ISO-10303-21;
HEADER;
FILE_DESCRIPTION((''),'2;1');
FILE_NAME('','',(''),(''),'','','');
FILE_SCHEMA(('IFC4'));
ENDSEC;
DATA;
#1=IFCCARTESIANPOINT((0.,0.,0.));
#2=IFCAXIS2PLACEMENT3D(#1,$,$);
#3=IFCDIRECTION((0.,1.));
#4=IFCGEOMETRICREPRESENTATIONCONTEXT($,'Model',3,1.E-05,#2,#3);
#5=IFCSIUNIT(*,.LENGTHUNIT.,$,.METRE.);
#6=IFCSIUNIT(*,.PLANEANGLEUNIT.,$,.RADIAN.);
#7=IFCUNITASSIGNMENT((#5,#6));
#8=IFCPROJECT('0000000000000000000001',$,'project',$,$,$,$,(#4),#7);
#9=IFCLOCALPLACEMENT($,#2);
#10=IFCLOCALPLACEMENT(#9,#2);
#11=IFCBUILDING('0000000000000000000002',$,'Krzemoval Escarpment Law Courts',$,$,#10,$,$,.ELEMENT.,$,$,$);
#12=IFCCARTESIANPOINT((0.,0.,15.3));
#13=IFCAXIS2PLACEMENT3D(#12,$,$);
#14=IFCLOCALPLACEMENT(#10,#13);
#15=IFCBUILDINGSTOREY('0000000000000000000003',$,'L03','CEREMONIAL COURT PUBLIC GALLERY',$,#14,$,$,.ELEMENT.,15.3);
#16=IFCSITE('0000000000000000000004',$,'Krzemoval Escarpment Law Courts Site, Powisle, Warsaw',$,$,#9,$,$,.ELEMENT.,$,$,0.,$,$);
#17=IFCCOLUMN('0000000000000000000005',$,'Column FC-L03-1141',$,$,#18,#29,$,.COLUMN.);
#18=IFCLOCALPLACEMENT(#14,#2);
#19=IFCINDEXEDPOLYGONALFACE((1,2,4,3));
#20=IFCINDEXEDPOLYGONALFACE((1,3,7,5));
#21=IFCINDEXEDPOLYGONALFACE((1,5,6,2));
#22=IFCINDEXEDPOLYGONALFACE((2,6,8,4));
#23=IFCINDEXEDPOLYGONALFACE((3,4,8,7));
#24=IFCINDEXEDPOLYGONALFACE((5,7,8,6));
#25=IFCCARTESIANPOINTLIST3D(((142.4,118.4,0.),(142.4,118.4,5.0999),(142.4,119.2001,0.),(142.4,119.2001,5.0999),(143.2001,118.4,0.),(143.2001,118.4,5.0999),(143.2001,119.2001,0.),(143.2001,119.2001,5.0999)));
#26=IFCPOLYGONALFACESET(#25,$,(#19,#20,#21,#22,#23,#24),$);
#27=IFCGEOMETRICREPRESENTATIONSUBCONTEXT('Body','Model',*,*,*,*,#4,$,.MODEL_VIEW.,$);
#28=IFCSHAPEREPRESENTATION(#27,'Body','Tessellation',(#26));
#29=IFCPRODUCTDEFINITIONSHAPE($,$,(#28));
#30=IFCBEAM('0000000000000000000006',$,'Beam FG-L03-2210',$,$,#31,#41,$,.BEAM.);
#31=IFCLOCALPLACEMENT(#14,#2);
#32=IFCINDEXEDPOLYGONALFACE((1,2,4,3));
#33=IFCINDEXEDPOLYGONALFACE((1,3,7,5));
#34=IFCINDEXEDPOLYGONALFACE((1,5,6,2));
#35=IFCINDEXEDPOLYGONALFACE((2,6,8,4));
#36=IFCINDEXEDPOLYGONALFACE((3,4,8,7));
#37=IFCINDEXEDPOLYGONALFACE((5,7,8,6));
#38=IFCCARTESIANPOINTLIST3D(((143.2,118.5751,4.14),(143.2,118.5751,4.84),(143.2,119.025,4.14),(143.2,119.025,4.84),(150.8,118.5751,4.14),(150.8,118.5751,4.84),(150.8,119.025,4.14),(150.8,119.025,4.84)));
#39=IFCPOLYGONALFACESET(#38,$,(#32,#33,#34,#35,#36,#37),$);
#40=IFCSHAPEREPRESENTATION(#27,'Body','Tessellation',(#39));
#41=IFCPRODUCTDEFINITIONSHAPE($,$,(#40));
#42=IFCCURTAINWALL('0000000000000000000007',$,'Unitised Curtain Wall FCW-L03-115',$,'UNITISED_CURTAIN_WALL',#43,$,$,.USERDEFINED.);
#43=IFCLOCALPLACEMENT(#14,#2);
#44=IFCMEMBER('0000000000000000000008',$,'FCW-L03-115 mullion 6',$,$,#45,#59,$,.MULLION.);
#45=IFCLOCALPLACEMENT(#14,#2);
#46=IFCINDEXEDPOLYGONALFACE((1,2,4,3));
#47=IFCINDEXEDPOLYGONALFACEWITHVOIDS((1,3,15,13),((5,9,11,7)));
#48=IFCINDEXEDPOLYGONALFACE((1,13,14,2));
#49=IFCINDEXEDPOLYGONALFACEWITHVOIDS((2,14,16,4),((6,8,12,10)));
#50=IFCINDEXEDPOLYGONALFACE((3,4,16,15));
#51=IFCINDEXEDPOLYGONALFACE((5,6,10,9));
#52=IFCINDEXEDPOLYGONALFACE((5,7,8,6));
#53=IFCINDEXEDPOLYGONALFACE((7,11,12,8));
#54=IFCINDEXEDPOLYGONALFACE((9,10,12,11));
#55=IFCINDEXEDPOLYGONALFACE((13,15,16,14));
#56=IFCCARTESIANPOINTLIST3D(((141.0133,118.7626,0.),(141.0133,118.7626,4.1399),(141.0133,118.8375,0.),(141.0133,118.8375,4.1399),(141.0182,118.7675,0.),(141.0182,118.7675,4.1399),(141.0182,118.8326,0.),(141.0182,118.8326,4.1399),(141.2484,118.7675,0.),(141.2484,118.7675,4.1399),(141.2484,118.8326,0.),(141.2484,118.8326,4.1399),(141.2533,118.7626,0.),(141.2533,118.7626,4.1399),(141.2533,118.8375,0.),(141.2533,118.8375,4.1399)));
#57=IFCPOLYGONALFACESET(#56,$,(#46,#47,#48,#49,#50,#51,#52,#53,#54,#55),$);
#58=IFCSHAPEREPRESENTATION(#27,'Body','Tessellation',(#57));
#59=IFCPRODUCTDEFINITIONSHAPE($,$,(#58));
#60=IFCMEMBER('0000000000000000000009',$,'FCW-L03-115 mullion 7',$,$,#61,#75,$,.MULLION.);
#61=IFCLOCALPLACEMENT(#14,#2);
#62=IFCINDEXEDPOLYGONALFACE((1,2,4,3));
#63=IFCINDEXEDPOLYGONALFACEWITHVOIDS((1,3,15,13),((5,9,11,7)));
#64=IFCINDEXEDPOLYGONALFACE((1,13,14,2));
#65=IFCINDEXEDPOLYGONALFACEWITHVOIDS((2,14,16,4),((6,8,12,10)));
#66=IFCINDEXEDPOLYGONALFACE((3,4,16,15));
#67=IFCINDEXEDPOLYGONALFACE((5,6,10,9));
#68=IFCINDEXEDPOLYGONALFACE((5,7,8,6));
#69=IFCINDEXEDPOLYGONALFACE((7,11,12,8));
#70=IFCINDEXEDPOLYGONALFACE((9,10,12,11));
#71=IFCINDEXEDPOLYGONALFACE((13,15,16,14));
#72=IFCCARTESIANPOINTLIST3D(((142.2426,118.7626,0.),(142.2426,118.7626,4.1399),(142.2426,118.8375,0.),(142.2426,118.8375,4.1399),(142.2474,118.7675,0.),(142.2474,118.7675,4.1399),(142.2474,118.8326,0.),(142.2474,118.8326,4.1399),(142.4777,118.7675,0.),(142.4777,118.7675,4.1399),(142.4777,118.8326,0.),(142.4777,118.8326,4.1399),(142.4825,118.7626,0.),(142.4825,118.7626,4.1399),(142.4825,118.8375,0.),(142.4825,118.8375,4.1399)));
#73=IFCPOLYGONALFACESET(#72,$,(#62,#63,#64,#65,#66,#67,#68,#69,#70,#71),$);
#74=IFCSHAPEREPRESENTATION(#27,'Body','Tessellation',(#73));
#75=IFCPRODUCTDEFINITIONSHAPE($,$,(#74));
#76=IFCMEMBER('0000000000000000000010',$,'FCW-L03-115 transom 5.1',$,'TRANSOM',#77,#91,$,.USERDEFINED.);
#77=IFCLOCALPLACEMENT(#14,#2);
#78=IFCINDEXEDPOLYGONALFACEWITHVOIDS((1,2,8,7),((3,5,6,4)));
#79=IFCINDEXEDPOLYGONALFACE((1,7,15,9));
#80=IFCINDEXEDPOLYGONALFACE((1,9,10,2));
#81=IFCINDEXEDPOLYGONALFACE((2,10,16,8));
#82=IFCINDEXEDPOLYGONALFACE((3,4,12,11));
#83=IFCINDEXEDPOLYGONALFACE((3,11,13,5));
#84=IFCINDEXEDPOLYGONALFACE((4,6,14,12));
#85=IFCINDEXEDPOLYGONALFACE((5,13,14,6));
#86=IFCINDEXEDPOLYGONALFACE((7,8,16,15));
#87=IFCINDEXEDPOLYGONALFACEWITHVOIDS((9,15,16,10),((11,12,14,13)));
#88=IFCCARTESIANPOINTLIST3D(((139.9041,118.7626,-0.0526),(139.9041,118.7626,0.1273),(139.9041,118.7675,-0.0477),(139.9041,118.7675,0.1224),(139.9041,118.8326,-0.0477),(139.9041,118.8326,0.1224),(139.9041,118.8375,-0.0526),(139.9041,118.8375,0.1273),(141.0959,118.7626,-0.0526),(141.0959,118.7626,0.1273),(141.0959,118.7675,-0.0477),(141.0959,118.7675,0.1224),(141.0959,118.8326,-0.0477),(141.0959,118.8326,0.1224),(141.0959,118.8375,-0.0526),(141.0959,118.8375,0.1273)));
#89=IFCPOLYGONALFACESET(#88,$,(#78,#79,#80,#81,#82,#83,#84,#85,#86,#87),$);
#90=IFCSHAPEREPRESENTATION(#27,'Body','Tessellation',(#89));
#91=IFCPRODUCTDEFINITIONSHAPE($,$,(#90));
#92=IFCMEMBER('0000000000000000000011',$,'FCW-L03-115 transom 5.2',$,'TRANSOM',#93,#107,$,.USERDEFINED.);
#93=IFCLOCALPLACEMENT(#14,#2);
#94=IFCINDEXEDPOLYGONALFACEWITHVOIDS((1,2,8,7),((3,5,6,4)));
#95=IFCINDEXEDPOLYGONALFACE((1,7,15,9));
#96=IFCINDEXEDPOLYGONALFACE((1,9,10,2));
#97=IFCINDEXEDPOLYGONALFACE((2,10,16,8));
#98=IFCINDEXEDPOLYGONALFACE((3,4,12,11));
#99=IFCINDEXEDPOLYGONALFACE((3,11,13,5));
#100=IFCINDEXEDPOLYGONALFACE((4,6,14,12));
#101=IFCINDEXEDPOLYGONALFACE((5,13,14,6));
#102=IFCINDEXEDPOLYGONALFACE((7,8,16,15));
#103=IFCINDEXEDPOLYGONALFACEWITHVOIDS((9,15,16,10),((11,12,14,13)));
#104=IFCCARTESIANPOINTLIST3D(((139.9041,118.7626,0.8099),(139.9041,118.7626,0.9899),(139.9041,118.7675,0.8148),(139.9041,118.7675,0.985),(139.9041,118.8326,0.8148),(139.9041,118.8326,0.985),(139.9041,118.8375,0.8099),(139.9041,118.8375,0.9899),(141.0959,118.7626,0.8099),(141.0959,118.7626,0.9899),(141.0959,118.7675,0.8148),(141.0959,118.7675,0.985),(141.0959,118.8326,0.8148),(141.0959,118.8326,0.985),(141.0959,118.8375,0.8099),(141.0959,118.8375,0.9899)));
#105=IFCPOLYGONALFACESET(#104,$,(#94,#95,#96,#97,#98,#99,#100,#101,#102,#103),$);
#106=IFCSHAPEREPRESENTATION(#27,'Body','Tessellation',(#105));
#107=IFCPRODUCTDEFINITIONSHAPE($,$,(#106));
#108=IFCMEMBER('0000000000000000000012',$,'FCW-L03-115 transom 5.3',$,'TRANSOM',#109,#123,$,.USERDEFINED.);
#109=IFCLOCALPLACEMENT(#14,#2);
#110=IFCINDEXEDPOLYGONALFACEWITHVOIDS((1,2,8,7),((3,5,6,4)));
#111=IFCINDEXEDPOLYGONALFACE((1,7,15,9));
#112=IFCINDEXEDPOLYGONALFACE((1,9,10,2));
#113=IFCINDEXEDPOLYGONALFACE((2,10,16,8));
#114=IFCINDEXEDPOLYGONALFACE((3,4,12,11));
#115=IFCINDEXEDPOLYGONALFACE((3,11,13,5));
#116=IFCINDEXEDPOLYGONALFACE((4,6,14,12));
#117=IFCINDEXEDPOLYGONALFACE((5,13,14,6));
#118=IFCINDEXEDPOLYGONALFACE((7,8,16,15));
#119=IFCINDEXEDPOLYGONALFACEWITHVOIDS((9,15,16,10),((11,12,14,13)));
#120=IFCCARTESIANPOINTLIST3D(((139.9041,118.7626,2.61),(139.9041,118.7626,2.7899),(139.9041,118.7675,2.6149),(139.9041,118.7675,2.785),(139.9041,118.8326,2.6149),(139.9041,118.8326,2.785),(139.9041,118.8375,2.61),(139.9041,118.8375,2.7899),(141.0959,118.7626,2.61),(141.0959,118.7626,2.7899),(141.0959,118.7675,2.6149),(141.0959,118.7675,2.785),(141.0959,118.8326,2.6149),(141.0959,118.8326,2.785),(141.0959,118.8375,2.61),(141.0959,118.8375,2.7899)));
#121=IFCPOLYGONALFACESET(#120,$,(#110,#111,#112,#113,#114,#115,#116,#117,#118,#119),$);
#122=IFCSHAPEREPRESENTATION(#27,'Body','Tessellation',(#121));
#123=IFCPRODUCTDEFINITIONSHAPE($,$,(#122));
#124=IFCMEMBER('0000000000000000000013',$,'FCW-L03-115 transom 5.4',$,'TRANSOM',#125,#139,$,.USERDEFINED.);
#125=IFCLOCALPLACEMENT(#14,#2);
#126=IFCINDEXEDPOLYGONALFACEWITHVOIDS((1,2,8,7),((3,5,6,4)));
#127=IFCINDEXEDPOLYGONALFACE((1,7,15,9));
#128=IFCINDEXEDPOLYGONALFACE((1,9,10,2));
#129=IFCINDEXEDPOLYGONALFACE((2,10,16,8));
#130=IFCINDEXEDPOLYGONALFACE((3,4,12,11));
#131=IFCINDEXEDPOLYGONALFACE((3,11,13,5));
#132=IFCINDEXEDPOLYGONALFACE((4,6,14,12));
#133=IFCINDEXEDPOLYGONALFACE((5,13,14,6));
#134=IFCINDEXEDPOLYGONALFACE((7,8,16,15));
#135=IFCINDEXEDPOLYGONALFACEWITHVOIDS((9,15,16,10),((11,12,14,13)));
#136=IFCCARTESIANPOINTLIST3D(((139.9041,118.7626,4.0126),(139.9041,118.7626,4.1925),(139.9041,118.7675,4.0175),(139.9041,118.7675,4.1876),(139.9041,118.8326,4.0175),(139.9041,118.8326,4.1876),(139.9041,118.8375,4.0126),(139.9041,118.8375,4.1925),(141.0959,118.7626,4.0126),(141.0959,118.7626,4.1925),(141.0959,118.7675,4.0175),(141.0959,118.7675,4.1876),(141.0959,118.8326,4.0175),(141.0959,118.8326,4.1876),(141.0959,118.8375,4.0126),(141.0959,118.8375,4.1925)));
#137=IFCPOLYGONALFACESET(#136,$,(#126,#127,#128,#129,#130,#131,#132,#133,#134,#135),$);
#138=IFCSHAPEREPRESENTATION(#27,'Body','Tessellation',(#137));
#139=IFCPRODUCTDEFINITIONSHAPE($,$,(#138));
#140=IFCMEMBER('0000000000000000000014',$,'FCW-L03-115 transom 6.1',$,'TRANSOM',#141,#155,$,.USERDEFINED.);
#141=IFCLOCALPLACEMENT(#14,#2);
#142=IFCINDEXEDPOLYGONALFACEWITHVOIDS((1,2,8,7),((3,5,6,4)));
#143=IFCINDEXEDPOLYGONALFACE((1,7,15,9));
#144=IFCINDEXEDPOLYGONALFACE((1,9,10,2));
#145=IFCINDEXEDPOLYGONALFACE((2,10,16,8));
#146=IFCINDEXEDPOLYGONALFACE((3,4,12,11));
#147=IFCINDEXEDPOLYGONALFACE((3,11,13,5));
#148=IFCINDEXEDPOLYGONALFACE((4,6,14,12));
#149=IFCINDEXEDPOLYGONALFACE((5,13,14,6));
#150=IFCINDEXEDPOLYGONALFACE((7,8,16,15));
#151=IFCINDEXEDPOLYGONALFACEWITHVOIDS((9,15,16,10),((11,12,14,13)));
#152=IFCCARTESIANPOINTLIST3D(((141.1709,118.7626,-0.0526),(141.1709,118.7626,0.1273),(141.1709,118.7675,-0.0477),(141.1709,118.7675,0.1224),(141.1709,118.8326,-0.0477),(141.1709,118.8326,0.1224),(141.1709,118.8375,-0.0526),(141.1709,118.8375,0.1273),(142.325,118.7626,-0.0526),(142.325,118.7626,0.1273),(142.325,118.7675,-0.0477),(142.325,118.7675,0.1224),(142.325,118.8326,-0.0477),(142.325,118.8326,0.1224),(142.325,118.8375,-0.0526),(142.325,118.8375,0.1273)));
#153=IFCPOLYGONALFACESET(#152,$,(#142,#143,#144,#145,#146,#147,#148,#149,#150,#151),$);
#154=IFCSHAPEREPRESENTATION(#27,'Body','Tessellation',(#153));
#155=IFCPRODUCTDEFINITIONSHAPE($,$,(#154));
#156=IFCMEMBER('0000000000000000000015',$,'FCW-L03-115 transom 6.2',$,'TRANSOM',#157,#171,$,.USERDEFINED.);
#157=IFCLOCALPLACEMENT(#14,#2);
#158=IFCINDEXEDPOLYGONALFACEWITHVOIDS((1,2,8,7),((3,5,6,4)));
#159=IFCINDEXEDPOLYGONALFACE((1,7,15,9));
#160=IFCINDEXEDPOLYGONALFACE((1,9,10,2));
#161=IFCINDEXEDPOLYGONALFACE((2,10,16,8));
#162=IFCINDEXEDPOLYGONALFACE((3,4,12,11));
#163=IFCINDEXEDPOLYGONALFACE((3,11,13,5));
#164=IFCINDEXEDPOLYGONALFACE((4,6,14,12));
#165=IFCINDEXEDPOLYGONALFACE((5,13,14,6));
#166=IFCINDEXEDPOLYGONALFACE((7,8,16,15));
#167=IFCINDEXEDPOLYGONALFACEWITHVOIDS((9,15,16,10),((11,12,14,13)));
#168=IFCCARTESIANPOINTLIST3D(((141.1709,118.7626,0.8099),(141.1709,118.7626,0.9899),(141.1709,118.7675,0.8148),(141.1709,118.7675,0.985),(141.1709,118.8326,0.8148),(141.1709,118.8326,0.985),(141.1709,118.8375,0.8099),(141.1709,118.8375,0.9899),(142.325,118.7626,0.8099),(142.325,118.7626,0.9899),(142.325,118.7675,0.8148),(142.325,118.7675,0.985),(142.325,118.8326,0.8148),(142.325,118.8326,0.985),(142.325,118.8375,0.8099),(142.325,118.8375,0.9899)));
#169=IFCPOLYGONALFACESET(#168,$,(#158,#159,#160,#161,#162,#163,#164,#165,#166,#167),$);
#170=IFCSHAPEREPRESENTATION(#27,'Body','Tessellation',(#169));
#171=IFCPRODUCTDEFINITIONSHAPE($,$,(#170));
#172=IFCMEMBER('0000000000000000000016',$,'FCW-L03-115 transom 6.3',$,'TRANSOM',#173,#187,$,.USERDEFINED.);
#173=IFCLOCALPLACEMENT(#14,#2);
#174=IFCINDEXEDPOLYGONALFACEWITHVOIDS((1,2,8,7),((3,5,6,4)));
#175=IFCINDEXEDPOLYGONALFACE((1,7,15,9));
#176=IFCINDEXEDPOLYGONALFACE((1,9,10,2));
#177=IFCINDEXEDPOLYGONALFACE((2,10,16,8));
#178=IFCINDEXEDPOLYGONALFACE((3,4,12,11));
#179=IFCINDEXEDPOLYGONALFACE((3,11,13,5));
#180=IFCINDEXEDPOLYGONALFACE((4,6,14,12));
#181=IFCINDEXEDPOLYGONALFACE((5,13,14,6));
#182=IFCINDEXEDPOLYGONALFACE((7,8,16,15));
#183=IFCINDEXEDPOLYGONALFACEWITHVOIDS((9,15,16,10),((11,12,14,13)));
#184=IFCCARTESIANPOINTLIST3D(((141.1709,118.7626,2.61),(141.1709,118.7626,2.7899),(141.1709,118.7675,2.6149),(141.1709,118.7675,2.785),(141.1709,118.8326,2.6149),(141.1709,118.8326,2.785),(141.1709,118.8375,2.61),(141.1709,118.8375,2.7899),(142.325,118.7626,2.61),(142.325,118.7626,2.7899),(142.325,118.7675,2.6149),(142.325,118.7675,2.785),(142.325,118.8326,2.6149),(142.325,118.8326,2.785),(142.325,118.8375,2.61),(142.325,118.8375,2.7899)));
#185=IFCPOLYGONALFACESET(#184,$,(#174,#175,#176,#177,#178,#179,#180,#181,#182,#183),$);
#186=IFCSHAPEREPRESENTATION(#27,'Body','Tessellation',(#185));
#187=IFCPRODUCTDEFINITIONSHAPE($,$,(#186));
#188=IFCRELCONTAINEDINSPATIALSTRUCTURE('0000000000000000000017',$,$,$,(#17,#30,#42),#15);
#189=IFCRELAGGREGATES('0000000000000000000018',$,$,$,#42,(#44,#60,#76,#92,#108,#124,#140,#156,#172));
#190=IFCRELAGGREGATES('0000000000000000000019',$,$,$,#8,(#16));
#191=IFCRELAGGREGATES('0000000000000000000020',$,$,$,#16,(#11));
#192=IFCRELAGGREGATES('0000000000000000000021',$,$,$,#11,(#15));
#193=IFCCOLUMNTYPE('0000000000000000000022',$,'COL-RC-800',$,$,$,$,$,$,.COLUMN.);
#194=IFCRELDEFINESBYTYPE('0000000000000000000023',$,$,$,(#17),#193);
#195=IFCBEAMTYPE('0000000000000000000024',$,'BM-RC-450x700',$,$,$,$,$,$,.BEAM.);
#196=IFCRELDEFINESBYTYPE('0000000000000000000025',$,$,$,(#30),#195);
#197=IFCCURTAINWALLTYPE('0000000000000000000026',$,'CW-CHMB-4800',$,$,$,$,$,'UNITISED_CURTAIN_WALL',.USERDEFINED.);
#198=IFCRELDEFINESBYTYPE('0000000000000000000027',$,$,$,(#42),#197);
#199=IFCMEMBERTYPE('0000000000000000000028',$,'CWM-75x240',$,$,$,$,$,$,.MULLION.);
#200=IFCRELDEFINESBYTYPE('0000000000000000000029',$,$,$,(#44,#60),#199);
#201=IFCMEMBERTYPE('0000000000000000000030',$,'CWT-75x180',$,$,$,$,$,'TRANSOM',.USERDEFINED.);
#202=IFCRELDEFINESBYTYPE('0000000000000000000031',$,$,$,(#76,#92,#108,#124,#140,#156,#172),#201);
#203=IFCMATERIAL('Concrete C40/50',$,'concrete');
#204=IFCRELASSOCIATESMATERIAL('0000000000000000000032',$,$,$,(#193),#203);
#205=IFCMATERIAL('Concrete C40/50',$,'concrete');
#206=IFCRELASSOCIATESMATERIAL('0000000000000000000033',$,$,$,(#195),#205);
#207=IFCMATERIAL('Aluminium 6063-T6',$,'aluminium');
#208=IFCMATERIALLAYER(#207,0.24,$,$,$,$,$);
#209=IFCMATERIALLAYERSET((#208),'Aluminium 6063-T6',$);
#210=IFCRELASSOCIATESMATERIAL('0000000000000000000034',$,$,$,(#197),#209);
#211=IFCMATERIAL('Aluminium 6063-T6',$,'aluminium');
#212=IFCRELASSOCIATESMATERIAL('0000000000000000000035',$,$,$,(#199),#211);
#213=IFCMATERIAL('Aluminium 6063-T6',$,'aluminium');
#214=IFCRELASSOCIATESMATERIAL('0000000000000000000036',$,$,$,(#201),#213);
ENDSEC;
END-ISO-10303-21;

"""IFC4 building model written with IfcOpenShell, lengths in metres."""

from ifc_helpers import new_model, si_unit, direction, frame, origin, origin_2d, place, context, subcontext, project, spatial, rectangle, hollow_rectangle, extrude, material, layer, layer_set, material_profile, profile_set, type_object, element, aggregate, save


model = new_model("IFC4")

# Units and contexts
model_context = context("Model", 3, precision=1e-05, world=origin(), true_north=direction((0.0, 1.0)))
body_context = subcontext(model_context, "Body", "Model", "MODEL_VIEW")
ifc_project = project(units=[si_unit("LENGTHUNIT", "METRE"), si_unit("PLANEANGLEUNIT", "RADIAN")], contexts=[model_context])

# Site, building, storey
site_placement = place(None, origin())
site = spatial("IfcSite", under=ifc_project, at=site_placement, Name="Krzemoval Escarpment Law Courts Site, Powisle, Warsaw", CompositionType="ELEMENT", RefElevation=0.0)
building_placement = place(site_placement, origin())
building = spatial("IfcBuilding", under=site, at=building_placement, Name="Krzemoval Escarpment Law Courts", CompositionType="ELEMENT")
storey_placement = place(building_placement, frame((0.0, 0.0, 15.3)))
storey = spatial("IfcBuildingStorey", under=building, at=storey_placement, Name="L03", Description="CEREMONIAL COURT PUBLIC GALLERY", CompositionType="ELEMENT", Elevation=15.3)

# Column
ifc_material_1 = material(Name="Concrete C40/50", Category="concrete")
ifc_material_profile_1 = material_profile(ifc_material_1, rectangle(XDim=0.8, YDim=0.8, at=origin_2d()), Name="RC 800x800")
ifc_profile_set_1 = profile_set([ifc_material_profile_1], Name="Concrete C40/50")
column_type = type_object("IfcColumnType", Name="COL-RC-800", PredefinedType="COLUMN", material=ifc_profile_set_1)
column_placement = place(storey_placement, frame((142.8, 118.8, 0.0), z_axis=(0.0, 0.0, 1.0), x_axis=(1.0, 0.0, 0.0)))
element("IfcColumn", 1, at=column_placement, inside=storey, type_object=column_type, Name="Column FC-L03-1141", PredefinedType="COLUMN", context=body_context, shape_type="SweptSolid", body=[
    extrude(rectangle(XDim=0.8, YDim=0.8, at=origin_2d()), origin(), (0.0, 0.0, 1.0), 5.0999),
])

# Beam
ifc_material_2 = material(Name="Concrete C40/50", Category="concrete")
ifc_material_profile_2 = material_profile(ifc_material_2, rectangle(XDim=0.45, YDim=0.7, at=origin_2d()), Name="RCB 450x700")
ifc_profile_set_2 = profile_set([ifc_material_profile_2], Name="Concrete C40/50")
beam_type = type_object("IfcBeamType", Name="BM-RC-450x700", PredefinedType="BEAM", material=ifc_profile_set_2)
beam_placement = place(storey_placement, frame((143.2, 118.8, 4.49), z_axis=(1.0, 0.0, 0.0), x_axis=(0.0, 1.0, 0.0)))
element("IfcBeam", 2, at=beam_placement, inside=storey, type_object=beam_type, Name="Beam FG-L03-2210", PredefinedType="BEAM", context=body_context, shape_type="SweptSolid", body=[
    extrude(rectangle(XDim=0.45, YDim=0.7, at=origin_2d()), origin(), (0.0, 0.0, 1.0), 7.6001),
])

# Curtain wall, members
ifc_material_3 = material(Name="Aluminium 6063-T6", Category="aluminium")
ifc_layer_1 = layer(ifc_material_3, 0.24)
ifc_layer_set_1 = layer_set([ifc_layer_1], Name="Aluminium 6063-T6")
curtain_wall_type = type_object("IfcCurtainWallType", Name="CW-CHMB-4800", ElementType="UNITISED_CURTAIN_WALL", PredefinedType="USERDEFINED", material=ifc_layer_set_1)
curtain_wall_placement = place(storey_placement, origin())
curtain_wall = element("IfcCurtainWall", 3, at=curtain_wall_placement, inside=storey, type_object=curtain_wall_type, Name="Unitised Curtain Wall FCW-L03-115", ObjectType="UNITISED_CURTAIN_WALL", PredefinedType="USERDEFINED")
ifc_material_4 = material(Name="Aluminium 6063-T6", Category="aluminium")
ifc_material_profile_3 = material_profile(ifc_material_4, hollow_rectangle(XDim=0.075, YDim=0.24, WallThickness=0.0049, at=origin_2d()), Name="ALU M75x240")
ifc_profile_set_3 = profile_set([ifc_material_profile_3], Name="Aluminium 6063-T6")
member_type_1 = type_object("IfcMemberType", Name="CWM-75x240", PredefinedType="MULLION", material=ifc_profile_set_3)
member_1_placement = place(storey_placement, frame((141.1333, 118.8, 0.0), z_axis=(0.0, 0.0, 1.0), x_axis=(0.0, 1.0, 0.0)))
member_1 = element("IfcMember", 4, at=member_1_placement, type_object=member_type_1, Name="FCW-L03-115 mullion 6", PredefinedType="MULLION", context=body_context, shape_type="SweptSolid", body=[
    extrude(hollow_rectangle(XDim=0.075, YDim=0.24, WallThickness=0.0049, at=origin_2d()), origin(), (0.0, 0.0, 1.0), 4.1399),
])
member_2_placement = place(storey_placement, frame((142.3625, 118.8, 0.0), z_axis=(0.0, 0.0, 1.0), x_axis=(0.0, 1.0, 0.0)))
member_2 = element("IfcMember", 5, at=member_2_placement, type_object=member_type_1, Name="FCW-L03-115 mullion 7", PredefinedType="MULLION", context=body_context, shape_type="SweptSolid", body=[
    extrude(hollow_rectangle(XDim=0.075, YDim=0.24, WallThickness=0.0049, at=origin_2d()), origin(), (0.0, 0.0, 1.0), 4.1399),
])
ifc_material_5 = material(Name="Aluminium 6063-T6", Category="aluminium")
ifc_material_profile_4 = material_profile(ifc_material_5, hollow_rectangle(XDim=0.075, YDim=0.1799, WallThickness=0.0049, at=origin_2d()), Name="ALU T75x180")
ifc_profile_set_4 = profile_set([ifc_material_profile_4], Name="Aluminium 6063-T6")
member_type_2 = type_object("IfcMemberType", Name="CWT-75x180", ElementType="TRANSOM", PredefinedType="USERDEFINED", material=ifc_profile_set_4)
member_3_placement = place(storey_placement, frame((139.9041, 118.8, 0.0374), z_axis=(1.0, 0.0, 0.0), x_axis=(0.0, 1.0, 0.0)))
member_3 = element("IfcMember", 6, at=member_3_placement, type_object=member_type_2, Name="FCW-L03-115 transom 5.1", ObjectType="TRANSOM", PredefinedType="USERDEFINED", context=body_context, shape_type="SweptSolid", body=[
    extrude(hollow_rectangle(XDim=0.075, YDim=0.1799, WallThickness=0.0049, at=origin_2d()), origin(), (0.0, 0.0, 1.0), 1.1919),
])
member_4_placement = place(storey_placement, frame((139.9041, 118.8, 0.8999), z_axis=(1.0, 0.0, 0.0), x_axis=(0.0, 1.0, 0.0)))
member_4 = element("IfcMember", 7, at=member_4_placement, type_object=member_type_2, Name="FCW-L03-115 transom 5.2", ObjectType="TRANSOM", PredefinedType="USERDEFINED", context=body_context, shape_type="SweptSolid", body=[
    extrude(hollow_rectangle(XDim=0.075, YDim=0.1799, WallThickness=0.0049, at=origin_2d()), origin(), (0.0, 0.0, 1.0), 1.1919),
])
member_5_placement = place(storey_placement, frame((139.9041, 118.8, 2.7), z_axis=(1.0, 0.0, 0.0), x_axis=(0.0, 1.0, 0.0)))
member_5 = element("IfcMember", 8, at=member_5_placement, type_object=member_type_2, Name="FCW-L03-115 transom 5.3", ObjectType="TRANSOM", PredefinedType="USERDEFINED", context=body_context, shape_type="SweptSolid", body=[
    extrude(hollow_rectangle(XDim=0.075, YDim=0.1799, WallThickness=0.0049, at=origin_2d()), origin(), (0.0, 0.0, 1.0), 1.1919),
])
member_6_placement = place(storey_placement, frame((139.9041, 118.8, 4.1025), z_axis=(1.0, 0.0, 0.0), x_axis=(0.0, 1.0, 0.0)))
member_6 = element("IfcMember", 9, at=member_6_placement, type_object=member_type_2, Name="FCW-L03-115 transom 5.4", ObjectType="TRANSOM", PredefinedType="USERDEFINED", context=body_context, shape_type="SweptSolid", body=[
    extrude(hollow_rectangle(XDim=0.075, YDim=0.1799, WallThickness=0.0049, at=origin_2d()), origin(), (0.0, 0.0, 1.0), 1.1919),
])
member_7_placement = place(storey_placement, frame((141.1709, 118.8, 0.0374), z_axis=(1.0, 0.0, 0.0), x_axis=(0.0, 1.0, 0.0)))
member_7 = element("IfcMember", 10, at=member_7_placement, type_object=member_type_2, Name="FCW-L03-115 transom 6.1", ObjectType="TRANSOM", PredefinedType="USERDEFINED", context=body_context, shape_type="SweptSolid", body=[
    extrude(hollow_rectangle(XDim=0.075, YDim=0.1799, WallThickness=0.0049, at=origin_2d()), origin(), (0.0, 0.0, 1.0), 1.1541),
])
member_8_placement = place(storey_placement, frame((141.1709, 118.8, 0.8999), z_axis=(1.0, 0.0, 0.0), x_axis=(0.0, 1.0, 0.0)))
member_8 = element("IfcMember", 11, at=member_8_placement, type_object=member_type_2, Name="FCW-L03-115 transom 6.2", ObjectType="TRANSOM", PredefinedType="USERDEFINED", context=body_context, shape_type="SweptSolid", body=[
    extrude(hollow_rectangle(XDim=0.075, YDim=0.1799, WallThickness=0.0049, at=origin_2d()), origin(), (0.0, 0.0, 1.0), 1.1541),
])
member_9_placement = place(storey_placement, frame((141.1709, 118.8, 2.7), z_axis=(1.0, 0.0, 0.0), x_axis=(0.0, 1.0, 0.0)))
member_9 = element("IfcMember", 12, at=member_9_placement, type_object=member_type_2, Name="FCW-L03-115 transom 6.3", ObjectType="TRANSOM", PredefinedType="USERDEFINED", context=body_context, shape_type="SweptSolid", body=[
    extrude(hollow_rectangle(XDim=0.075, YDim=0.1799, WallThickness=0.0049, at=origin_2d()), origin(), (0.0, 0.0, 1.0), 1.1541),
])
aggregate(curtain_wall, [member_1, member_2, member_3, member_4, member_5, member_6, member_7, member_8, member_9])

save(model, "model.ifc")
